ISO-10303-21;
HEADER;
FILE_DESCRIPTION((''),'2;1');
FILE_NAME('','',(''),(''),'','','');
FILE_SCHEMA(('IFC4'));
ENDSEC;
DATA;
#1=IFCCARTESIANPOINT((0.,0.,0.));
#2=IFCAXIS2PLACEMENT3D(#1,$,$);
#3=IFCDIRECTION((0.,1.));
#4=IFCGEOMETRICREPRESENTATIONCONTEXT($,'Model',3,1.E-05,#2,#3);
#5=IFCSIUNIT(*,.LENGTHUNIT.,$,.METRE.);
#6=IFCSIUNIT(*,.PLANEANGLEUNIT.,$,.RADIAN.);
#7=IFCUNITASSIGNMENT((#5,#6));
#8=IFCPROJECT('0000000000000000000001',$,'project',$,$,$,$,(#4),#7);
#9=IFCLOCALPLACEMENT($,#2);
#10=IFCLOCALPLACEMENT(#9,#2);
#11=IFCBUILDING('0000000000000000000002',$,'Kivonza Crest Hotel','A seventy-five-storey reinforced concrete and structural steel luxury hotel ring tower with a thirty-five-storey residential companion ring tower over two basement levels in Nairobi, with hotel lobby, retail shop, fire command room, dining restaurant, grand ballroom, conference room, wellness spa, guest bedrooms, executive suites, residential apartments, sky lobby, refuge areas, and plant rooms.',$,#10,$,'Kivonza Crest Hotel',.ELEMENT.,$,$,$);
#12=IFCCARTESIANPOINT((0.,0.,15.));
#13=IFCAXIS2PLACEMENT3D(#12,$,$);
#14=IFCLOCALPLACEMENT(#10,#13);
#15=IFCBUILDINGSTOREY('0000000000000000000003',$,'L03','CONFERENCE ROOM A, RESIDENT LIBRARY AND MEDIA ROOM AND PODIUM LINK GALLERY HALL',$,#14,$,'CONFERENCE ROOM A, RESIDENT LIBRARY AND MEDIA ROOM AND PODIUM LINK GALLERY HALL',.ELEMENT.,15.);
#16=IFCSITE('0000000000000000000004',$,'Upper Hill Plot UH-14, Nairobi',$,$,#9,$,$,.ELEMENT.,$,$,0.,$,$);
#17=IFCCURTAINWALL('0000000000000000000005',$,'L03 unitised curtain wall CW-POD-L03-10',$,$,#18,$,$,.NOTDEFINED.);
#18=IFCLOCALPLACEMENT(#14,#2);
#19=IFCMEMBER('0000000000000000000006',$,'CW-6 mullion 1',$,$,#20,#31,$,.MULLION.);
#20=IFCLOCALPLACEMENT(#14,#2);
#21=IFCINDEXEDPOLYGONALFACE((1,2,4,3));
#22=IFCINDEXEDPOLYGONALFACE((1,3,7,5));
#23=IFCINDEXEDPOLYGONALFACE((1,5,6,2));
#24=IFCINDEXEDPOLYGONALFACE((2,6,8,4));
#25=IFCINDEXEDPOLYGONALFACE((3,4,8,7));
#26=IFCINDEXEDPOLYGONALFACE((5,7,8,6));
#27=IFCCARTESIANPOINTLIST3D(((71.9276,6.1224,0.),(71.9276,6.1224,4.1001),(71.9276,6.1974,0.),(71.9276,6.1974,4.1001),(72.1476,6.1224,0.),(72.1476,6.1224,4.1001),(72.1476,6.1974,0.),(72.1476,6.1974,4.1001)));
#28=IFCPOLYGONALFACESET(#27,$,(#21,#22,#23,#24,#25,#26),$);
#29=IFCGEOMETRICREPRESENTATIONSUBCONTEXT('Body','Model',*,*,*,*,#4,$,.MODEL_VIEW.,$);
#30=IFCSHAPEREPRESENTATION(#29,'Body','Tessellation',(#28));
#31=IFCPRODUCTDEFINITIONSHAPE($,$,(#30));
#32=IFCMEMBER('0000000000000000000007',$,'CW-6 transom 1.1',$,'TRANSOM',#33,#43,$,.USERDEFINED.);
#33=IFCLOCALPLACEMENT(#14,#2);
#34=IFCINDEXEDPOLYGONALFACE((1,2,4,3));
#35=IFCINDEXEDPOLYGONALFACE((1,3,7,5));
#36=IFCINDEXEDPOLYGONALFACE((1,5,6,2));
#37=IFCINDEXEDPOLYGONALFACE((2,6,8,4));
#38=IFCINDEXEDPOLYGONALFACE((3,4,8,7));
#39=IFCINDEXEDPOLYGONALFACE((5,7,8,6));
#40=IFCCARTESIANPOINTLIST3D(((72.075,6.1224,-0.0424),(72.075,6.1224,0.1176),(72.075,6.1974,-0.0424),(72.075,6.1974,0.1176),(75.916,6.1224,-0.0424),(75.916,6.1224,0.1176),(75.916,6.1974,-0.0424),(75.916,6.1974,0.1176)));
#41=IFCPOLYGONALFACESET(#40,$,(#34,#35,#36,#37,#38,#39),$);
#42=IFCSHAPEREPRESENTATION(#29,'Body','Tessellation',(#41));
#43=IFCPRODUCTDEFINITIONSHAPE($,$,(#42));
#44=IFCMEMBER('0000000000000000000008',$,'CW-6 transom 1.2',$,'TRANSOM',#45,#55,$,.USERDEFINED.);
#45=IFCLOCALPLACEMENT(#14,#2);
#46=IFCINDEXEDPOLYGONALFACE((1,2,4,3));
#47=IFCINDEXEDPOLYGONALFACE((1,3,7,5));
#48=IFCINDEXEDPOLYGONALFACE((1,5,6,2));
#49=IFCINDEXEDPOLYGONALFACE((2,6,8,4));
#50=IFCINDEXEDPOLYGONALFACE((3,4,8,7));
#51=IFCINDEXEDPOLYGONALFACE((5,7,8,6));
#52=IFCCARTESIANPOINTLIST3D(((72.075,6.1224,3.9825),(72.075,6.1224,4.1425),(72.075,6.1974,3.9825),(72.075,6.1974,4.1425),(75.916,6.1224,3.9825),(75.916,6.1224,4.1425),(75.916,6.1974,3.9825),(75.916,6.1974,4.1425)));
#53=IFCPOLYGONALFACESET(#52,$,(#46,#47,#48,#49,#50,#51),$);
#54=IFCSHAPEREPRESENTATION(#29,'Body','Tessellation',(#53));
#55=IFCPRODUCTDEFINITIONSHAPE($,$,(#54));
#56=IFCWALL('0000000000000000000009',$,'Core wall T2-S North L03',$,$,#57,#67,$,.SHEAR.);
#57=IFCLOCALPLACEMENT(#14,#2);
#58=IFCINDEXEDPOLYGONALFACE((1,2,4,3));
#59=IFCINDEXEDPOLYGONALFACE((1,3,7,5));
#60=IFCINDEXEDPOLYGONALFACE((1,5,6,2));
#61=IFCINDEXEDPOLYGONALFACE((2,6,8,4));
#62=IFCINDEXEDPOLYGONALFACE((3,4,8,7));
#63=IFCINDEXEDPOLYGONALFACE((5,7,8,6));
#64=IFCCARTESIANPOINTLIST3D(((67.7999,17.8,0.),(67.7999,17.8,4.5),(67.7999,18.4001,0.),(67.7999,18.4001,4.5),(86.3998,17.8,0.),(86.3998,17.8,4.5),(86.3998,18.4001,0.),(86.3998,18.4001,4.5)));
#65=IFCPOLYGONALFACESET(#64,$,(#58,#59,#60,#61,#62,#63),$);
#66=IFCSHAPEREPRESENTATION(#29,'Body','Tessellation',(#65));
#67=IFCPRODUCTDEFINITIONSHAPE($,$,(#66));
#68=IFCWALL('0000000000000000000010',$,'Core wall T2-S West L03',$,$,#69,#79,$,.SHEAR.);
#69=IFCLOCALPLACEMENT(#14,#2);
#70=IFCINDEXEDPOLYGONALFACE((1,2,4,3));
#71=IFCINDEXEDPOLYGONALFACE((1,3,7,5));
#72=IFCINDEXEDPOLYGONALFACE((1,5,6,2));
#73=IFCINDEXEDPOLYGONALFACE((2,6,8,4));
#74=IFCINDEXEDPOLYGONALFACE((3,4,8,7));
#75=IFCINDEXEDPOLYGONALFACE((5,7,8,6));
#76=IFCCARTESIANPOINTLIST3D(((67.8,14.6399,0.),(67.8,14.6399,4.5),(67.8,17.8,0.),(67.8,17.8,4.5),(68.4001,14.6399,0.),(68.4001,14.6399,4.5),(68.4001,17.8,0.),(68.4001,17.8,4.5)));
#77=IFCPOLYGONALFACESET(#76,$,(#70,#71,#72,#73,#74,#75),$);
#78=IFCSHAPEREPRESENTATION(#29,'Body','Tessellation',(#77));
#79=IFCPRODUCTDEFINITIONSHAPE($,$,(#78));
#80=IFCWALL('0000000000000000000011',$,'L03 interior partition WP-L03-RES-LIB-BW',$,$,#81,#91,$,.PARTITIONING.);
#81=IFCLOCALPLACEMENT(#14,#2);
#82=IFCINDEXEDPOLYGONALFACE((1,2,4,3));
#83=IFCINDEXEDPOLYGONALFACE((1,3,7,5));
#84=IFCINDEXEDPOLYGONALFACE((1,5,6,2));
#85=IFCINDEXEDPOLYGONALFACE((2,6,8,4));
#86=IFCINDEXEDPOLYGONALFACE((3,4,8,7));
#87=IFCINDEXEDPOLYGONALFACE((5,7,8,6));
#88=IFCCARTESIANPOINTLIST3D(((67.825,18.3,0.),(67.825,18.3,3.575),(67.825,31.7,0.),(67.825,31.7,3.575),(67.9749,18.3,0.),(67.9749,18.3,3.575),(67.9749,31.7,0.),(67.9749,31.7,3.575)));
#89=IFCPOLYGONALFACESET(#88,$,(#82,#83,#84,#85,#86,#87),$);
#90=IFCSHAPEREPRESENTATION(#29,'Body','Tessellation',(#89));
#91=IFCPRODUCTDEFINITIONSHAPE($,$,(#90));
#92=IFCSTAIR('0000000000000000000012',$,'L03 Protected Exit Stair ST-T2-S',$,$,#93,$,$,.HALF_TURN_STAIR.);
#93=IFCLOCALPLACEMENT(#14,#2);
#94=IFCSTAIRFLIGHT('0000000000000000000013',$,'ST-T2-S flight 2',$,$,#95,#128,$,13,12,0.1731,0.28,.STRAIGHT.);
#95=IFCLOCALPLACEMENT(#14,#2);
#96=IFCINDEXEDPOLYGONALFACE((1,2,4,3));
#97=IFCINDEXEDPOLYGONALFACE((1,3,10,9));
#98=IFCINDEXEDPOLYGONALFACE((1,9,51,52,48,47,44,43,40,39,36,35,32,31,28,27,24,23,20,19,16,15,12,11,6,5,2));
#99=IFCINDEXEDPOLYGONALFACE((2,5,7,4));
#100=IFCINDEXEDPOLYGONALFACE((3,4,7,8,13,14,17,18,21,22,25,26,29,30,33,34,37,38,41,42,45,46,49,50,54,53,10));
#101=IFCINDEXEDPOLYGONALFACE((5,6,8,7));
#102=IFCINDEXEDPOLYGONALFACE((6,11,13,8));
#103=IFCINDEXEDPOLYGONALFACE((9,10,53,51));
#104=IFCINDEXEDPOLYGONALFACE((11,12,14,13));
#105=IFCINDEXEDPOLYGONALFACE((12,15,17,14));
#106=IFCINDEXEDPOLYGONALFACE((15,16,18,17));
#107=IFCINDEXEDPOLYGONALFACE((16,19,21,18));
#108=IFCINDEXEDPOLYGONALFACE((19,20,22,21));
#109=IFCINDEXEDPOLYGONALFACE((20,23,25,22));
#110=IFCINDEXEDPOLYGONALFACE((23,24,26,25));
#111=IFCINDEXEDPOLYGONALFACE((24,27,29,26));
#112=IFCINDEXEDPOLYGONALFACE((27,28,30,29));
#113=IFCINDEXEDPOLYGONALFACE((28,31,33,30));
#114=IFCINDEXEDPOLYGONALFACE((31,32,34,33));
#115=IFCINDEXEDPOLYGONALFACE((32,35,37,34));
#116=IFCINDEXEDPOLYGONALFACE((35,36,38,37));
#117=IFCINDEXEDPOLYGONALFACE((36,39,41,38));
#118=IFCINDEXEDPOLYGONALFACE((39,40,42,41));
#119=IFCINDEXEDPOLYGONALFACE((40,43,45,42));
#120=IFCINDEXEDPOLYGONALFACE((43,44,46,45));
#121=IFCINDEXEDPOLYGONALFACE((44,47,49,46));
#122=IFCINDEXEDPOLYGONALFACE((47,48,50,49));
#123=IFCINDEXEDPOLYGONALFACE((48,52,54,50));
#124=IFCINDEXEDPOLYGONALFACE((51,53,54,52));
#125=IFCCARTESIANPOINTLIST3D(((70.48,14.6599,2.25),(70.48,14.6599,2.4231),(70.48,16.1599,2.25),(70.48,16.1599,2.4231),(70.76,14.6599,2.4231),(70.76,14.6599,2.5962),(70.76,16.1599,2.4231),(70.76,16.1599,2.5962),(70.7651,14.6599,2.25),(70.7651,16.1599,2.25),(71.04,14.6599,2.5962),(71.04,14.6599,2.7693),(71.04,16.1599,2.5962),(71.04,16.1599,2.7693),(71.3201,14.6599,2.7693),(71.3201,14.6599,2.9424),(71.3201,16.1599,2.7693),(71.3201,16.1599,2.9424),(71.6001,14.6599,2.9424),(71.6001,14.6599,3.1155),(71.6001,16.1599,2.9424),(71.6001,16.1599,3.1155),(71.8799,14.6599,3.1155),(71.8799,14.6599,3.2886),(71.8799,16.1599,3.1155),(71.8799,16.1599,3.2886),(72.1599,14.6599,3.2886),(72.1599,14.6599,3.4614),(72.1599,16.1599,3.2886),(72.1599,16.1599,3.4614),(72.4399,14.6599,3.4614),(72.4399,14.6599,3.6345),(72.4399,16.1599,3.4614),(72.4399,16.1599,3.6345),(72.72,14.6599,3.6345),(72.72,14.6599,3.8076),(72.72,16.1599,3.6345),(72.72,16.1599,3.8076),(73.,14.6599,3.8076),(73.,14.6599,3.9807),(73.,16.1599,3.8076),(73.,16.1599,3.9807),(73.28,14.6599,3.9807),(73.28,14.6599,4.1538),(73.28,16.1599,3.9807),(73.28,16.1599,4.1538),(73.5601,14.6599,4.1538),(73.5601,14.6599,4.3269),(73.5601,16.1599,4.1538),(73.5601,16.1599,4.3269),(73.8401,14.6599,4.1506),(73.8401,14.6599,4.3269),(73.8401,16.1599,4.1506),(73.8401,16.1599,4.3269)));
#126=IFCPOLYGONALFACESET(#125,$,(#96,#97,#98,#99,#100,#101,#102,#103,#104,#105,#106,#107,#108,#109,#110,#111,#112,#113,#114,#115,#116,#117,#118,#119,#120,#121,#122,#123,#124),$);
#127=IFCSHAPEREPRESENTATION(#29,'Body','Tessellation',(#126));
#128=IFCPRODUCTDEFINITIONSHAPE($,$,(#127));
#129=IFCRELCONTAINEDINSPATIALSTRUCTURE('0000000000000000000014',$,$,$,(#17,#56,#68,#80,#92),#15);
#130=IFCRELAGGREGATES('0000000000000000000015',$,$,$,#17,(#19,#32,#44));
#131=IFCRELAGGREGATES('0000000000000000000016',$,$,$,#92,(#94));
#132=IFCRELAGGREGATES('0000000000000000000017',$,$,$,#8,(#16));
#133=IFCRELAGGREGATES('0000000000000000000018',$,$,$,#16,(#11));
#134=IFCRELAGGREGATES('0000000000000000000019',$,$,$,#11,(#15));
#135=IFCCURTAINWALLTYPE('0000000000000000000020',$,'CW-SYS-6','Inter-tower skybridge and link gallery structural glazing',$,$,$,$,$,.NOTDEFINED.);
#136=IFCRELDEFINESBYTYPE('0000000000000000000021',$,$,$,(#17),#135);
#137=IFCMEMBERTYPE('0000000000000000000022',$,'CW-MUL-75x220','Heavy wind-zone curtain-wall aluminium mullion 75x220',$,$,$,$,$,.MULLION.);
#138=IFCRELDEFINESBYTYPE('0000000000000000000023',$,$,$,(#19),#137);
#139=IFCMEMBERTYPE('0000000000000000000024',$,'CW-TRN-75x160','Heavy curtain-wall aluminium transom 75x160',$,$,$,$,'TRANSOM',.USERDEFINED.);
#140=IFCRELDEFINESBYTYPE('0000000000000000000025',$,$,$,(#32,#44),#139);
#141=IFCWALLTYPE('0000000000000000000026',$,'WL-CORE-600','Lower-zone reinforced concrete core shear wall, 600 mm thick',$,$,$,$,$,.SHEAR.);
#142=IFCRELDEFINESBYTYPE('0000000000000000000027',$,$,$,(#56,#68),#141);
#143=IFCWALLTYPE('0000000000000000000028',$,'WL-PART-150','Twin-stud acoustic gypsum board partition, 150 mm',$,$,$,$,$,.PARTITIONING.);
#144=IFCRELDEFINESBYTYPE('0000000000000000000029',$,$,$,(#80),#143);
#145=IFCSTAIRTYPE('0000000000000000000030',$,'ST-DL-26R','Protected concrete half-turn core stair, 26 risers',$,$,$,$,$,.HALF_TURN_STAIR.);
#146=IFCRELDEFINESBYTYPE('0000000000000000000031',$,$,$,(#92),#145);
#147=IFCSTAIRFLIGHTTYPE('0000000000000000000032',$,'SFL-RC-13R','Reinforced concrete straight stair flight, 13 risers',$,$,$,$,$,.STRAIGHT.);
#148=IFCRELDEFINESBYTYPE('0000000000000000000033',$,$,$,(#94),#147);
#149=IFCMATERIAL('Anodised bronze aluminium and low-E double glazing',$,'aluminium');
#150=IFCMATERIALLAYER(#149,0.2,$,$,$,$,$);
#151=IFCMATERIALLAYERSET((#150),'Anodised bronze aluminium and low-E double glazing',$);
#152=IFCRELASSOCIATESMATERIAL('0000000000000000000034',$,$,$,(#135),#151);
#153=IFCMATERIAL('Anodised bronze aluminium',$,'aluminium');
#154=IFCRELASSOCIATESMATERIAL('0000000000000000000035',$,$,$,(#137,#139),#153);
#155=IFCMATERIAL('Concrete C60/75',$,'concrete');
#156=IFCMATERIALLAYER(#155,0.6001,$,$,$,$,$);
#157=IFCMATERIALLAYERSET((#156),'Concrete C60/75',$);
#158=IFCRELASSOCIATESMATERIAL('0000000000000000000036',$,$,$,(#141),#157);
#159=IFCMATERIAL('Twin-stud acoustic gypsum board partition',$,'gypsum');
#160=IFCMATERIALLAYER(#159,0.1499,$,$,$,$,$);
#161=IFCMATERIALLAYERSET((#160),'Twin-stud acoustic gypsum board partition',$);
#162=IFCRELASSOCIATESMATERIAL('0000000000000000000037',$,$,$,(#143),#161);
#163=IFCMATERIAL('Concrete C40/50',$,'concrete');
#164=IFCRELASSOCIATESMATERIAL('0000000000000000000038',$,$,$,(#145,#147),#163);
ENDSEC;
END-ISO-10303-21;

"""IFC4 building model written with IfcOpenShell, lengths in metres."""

from ifc_helpers import new_model, si_unit, direction, frame, frame_2d, origin, origin_2d, place, context, subcontext, project, spatial, polyline, rectangle, outline, extrude, material, layer, layer_set, material_profile, profile_set, type_object, element, aggregate, save


model = new_model("IFC4")

# Units and contexts
model_context = context("Model", 3, precision=1e-05, world=origin(), true_north=direction((0.0, 1.0)))
body_context = subcontext(model_context, "Body", "Model", "MODEL_VIEW")
ifc_project = project(units=[si_unit("LENGTHUNIT", "METRE"), si_unit("PLANEANGLEUNIT", "RADIAN")], contexts=[model_context])

# Site, building, storey
site_placement = place(None, origin())
site = spatial("IfcSite", under=ifc_project, at=site_placement, Name="Upper Hill Plot UH-14, Nairobi", CompositionType="ELEMENT", RefElevation=0.0)
building_placement = place(site_placement, origin())
building = spatial("IfcBuilding", under=site, at=building_placement, Name="Kivonza Crest Hotel", Description="A seventy-five-storey reinforced concrete and structural steel luxury hotel ring tower with a thirty-five-storey residential companion ring tower over two basement levels in Nairobi, with hotel lobby, retail shop, fire command room, dining restaurant, grand ballroom, conference room, wellness spa, guest bedrooms, executive suites, residential apartments, sky lobby, refuge areas, and plant rooms.", LongName="Kivonza Crest Hotel", CompositionType="ELEMENT")
storey_placement = place(building_placement, frame((0.0, 0.0, 15.0)))
storey = spatial("IfcBuildingStorey", under=building, at=storey_placement, Name="L03", Description="CONFERENCE ROOM A, RESIDENT LIBRARY AND MEDIA ROOM AND PODIUM LINK GALLERY HALL", LongName="CONFERENCE ROOM A, RESIDENT LIBRARY AND MEDIA ROOM AND PODIUM LINK GALLERY HALL", CompositionType="ELEMENT", Elevation=15.0)

# Shared definitions
ifc_material_1 = material(Name="Concrete C60/75", Category="concrete")

# Curtain wall, members
ifc_material_2 = material(Name="Anodised bronze aluminium and low-E double glazing", Category="aluminium")
ifc_layer_1 = layer(ifc_material_2, 0.2)
ifc_layer_set_1 = layer_set([ifc_layer_1], Name="Anodised bronze aluminium and low-E double glazing")
curtain_wall_type = type_object("IfcCurtainWallType", Name="CW-SYS-6", Description="Inter-tower skybridge and link gallery structural glazing", PredefinedType="NOTDEFINED", material=ifc_layer_set_1)
curtain_wall_placement = place(storey_placement, origin())
curtain_wall = element("IfcCurtainWall", 1, at=curtain_wall_placement, inside=storey, type_object=curtain_wall_type, Name="L03 unitised curtain wall CW-POD-L03-10", PredefinedType="NOTDEFINED")
ifc_material_3 = material(Name="Anodised bronze aluminium", Category="aluminium")
ifc_material_profile_1 = material_profile(ifc_material_3, rectangle(XDim=0.075, YDim=0.22, at=origin_2d()), Name="CW-M 75x220")
ifc_profile_set_1 = profile_set([ifc_material_profile_1], Name="Anodised bronze aluminium")
member_type_1 = type_object("IfcMemberType", Name="CW-MUL-75x220", Description="Heavy wind-zone curtain-wall aluminium mullion 75x220", PredefinedType="MULLION", material=ifc_profile_set_1)
member_1_placement = place(storey_placement, frame((72.0376, 6.1599, 0.0), z_axis=(0.0, 0.0, 1.0), x_axis=(0.0, 1.0, 0.0)))
member_1 = element("IfcMember", 2, at=member_1_placement, type_object=member_type_1, Name="CW-6 mullion 1", PredefinedType="MULLION", context=body_context, shape_type="SweptSolid", body=[
    extrude(rectangle(XDim=0.075, YDim=0.22, at=origin_2d()), origin(), (0.0, 0.0, 1.0), 4.1001),
])
ifc_material_profile_2 = material_profile(ifc_material_3, rectangle(XDim=0.075, YDim=0.1599, at=origin_2d()), Name="CW-T 75x160")
ifc_profile_set_2 = profile_set([ifc_material_profile_2], Name="Anodised bronze aluminium")
member_type_2 = type_object("IfcMemberType", Name="CW-TRN-75x160", Description="Heavy curtain-wall aluminium transom 75x160", ElementType="TRANSOM", PredefinedType="USERDEFINED", material=ifc_profile_set_2)
member_2_placement = place(storey_placement, frame((72.075, 6.1599, 0.0376), z_axis=(1.0, 0.0, 0.0), x_axis=(0.0, 1.0, 0.0)))
member_2 = element("IfcMember", 3, at=member_2_placement, type_object=member_type_2, Name="CW-6 transom 1.1", ObjectType="TRANSOM", PredefinedType="USERDEFINED", context=body_context, shape_type="SweptSolid", body=[
    extrude(rectangle(XDim=0.075, YDim=0.1599, at=origin_2d()), origin(), (0.0, 0.0, 1.0), 3.8411),
])
member_3_placement = place(storey_placement, frame((72.075, 6.1599, 4.0625), z_axis=(1.0, 0.0, 0.0), x_axis=(0.0, 1.0, 0.0)))
member_3 = element("IfcMember", 4, at=member_3_placement, type_object=member_type_2, Name="CW-6 transom 1.2", ObjectType="TRANSOM", PredefinedType="USERDEFINED", context=body_context, shape_type="SweptSolid", body=[
    extrude(rectangle(XDim=0.075, YDim=0.1599, at=origin_2d()), origin(), (0.0, 0.0, 1.0), 3.8411),
])
aggregate(curtain_wall, [member_1, member_2, member_3])

# Shared definitions
ifc_layer_2 = layer(ifc_material_1, 0.6001)
ifc_layer_set_2 = layer_set([ifc_layer_2], Name="Concrete C60/75")
wall_type_1 = type_object("IfcWallType", Name="WL-CORE-600", Description="Lower-zone reinforced concrete core shear wall, 600 mm thick", PredefinedType="SHEAR", material=ifc_layer_set_2)

# Walls
wall_1_placement = place(storey_placement, frame((67.8, 18.1001, 0.0), z_axis=(0.0, 0.0, 1.0), x_axis=(1.0, 0.0, 0.0)))
element("IfcWall", 5, at=wall_1_placement, inside=storey, type_object=wall_type_1, Name="Core wall T2-S North L03", PredefinedType="SHEAR", context=body_context, shape_type="SweptSolid", body=[
    extrude(rectangle(XDim=18.5999, YDim=0.6001, at=frame_2d((9.2998, 0.0))), origin(), (0.0, 0.0, 1.0), 4.5),
])
wall_2_placement = place(storey_placement, frame((68.1001, 14.6399, 0.0), z_axis=(0.0, 0.0, 1.0), x_axis=(0.0, 1.0, 0.0)))
element("IfcWall", 6, at=wall_2_placement, inside=storey, type_object=wall_type_1, Name="Core wall T2-S West L03", PredefinedType="SHEAR", context=body_context, shape_type="SweptSolid", body=[
    extrude(rectangle(XDim=3.1602, YDim=0.6001, at=frame_2d((1.5801, 0.0))), origin(), (0.0, 0.0, 1.0), 4.5),
])
ifc_material_4 = material(Name="Twin-stud acoustic gypsum board partition", Category="gypsum")
ifc_layer_3 = layer(ifc_material_4, 0.1499)
ifc_layer_set_3 = layer_set([ifc_layer_3], Name="Twin-stud acoustic gypsum board partition")
wall_type_2 = type_object("IfcWallType", Name="WL-PART-150", Description="Twin-stud acoustic gypsum board partition, 150 mm", PredefinedType="PARTITIONING", material=ifc_layer_set_3)
wall_3_placement = place(storey_placement, frame((67.8999, 18.3, 0.0), z_axis=(0.0, 0.0, 1.0), x_axis=(0.0, 1.0, 0.0)))
element("IfcWall", 7, at=wall_3_placement, inside=storey, type_object=wall_type_2, Name="L03 interior partition WP-L03-RES-LIB-BW", PredefinedType="PARTITIONING", context=body_context, shape_type="SweptSolid", body=[
    extrude(rectangle(XDim=13.3999, YDim=0.1499, at=frame_2d((6.7, 0.0))), origin(), (0.0, 0.0, 1.0), 3.575),
])

# Stair, stair flight
ifc_material_5 = material(Name="Concrete C40/50", Category="concrete")
stair_type = type_object("IfcStairType", Name="ST-DL-26R", Description="Protected concrete half-turn core stair, 26 risers", PredefinedType="HALF_TURN_STAIR", material=ifc_material_5)
stair_placement = place(storey_placement, origin())
stair = element("IfcStair", 8, at=stair_placement, inside=storey, type_object=stair_type, Name="L03 Protected Exit Stair ST-T2-S", PredefinedType="HALF_TURN_STAIR")
stair_flight_type = type_object("IfcStairFlightType", Name="SFL-RC-13R", Description="Reinforced concrete straight stair flight, 13 risers", PredefinedType="STRAIGHT", material=ifc_material_5)
stair_flight_placement = place(storey_placement, frame((70.48, 15.4099, 2.25), z_axis=(0.0, 0.0, 1.0), x_axis=(1.0, 0.0, 0.0)))
stair_flight = element("IfcStairFlight", 9, at=stair_flight_placement, type_object=stair_flight_type, Name="ST-T2-S flight 2", NumberOfRisers=13, NumberOfTreads=12, PredefinedType="STRAIGHT", RiserHeight=0.1731, TreadLength=0.28, context=body_context, shape_type="SweptSolid", body=[
    extrude(outline(polyline([(0.0, 0.0), (0.0, 0.1731), (0.28, 0.1731), (0.28, 0.3462), (0.5601, 0.3462), (0.5601, 0.5193), (0.8401, 0.5193), (0.8401, 0.6924), (1.1201, 0.6924), (1.1201, 0.8655), (1.3999, 0.8655), (1.3999, 1.0386), (1.6799, 1.0386), (1.6799, 1.2114), (1.96, 1.2114), (1.96, 1.3845), (2.24, 1.3845), (2.24, 1.5576), (2.52, 1.5576), (2.52, 1.7307), (2.8, 1.7307), (2.8, 1.9038), (3.0801, 1.9038), (3.0801, 2.0769), (3.3601, 2.0769), (3.3601, 2.25), (3.3601, 1.9006), (0.2852, 0.0), (0.0, 0.0)])), frame((0.0, 0.75, 0.0), z_axis=(0.0, -1.0, 0.0), x_axis=(1.0, 0.0, 0.0)), (0.0, 0.0, 1.0), 1.5),
])
aggregate(stair, [stair_flight])

save(model, "model.ifc")
